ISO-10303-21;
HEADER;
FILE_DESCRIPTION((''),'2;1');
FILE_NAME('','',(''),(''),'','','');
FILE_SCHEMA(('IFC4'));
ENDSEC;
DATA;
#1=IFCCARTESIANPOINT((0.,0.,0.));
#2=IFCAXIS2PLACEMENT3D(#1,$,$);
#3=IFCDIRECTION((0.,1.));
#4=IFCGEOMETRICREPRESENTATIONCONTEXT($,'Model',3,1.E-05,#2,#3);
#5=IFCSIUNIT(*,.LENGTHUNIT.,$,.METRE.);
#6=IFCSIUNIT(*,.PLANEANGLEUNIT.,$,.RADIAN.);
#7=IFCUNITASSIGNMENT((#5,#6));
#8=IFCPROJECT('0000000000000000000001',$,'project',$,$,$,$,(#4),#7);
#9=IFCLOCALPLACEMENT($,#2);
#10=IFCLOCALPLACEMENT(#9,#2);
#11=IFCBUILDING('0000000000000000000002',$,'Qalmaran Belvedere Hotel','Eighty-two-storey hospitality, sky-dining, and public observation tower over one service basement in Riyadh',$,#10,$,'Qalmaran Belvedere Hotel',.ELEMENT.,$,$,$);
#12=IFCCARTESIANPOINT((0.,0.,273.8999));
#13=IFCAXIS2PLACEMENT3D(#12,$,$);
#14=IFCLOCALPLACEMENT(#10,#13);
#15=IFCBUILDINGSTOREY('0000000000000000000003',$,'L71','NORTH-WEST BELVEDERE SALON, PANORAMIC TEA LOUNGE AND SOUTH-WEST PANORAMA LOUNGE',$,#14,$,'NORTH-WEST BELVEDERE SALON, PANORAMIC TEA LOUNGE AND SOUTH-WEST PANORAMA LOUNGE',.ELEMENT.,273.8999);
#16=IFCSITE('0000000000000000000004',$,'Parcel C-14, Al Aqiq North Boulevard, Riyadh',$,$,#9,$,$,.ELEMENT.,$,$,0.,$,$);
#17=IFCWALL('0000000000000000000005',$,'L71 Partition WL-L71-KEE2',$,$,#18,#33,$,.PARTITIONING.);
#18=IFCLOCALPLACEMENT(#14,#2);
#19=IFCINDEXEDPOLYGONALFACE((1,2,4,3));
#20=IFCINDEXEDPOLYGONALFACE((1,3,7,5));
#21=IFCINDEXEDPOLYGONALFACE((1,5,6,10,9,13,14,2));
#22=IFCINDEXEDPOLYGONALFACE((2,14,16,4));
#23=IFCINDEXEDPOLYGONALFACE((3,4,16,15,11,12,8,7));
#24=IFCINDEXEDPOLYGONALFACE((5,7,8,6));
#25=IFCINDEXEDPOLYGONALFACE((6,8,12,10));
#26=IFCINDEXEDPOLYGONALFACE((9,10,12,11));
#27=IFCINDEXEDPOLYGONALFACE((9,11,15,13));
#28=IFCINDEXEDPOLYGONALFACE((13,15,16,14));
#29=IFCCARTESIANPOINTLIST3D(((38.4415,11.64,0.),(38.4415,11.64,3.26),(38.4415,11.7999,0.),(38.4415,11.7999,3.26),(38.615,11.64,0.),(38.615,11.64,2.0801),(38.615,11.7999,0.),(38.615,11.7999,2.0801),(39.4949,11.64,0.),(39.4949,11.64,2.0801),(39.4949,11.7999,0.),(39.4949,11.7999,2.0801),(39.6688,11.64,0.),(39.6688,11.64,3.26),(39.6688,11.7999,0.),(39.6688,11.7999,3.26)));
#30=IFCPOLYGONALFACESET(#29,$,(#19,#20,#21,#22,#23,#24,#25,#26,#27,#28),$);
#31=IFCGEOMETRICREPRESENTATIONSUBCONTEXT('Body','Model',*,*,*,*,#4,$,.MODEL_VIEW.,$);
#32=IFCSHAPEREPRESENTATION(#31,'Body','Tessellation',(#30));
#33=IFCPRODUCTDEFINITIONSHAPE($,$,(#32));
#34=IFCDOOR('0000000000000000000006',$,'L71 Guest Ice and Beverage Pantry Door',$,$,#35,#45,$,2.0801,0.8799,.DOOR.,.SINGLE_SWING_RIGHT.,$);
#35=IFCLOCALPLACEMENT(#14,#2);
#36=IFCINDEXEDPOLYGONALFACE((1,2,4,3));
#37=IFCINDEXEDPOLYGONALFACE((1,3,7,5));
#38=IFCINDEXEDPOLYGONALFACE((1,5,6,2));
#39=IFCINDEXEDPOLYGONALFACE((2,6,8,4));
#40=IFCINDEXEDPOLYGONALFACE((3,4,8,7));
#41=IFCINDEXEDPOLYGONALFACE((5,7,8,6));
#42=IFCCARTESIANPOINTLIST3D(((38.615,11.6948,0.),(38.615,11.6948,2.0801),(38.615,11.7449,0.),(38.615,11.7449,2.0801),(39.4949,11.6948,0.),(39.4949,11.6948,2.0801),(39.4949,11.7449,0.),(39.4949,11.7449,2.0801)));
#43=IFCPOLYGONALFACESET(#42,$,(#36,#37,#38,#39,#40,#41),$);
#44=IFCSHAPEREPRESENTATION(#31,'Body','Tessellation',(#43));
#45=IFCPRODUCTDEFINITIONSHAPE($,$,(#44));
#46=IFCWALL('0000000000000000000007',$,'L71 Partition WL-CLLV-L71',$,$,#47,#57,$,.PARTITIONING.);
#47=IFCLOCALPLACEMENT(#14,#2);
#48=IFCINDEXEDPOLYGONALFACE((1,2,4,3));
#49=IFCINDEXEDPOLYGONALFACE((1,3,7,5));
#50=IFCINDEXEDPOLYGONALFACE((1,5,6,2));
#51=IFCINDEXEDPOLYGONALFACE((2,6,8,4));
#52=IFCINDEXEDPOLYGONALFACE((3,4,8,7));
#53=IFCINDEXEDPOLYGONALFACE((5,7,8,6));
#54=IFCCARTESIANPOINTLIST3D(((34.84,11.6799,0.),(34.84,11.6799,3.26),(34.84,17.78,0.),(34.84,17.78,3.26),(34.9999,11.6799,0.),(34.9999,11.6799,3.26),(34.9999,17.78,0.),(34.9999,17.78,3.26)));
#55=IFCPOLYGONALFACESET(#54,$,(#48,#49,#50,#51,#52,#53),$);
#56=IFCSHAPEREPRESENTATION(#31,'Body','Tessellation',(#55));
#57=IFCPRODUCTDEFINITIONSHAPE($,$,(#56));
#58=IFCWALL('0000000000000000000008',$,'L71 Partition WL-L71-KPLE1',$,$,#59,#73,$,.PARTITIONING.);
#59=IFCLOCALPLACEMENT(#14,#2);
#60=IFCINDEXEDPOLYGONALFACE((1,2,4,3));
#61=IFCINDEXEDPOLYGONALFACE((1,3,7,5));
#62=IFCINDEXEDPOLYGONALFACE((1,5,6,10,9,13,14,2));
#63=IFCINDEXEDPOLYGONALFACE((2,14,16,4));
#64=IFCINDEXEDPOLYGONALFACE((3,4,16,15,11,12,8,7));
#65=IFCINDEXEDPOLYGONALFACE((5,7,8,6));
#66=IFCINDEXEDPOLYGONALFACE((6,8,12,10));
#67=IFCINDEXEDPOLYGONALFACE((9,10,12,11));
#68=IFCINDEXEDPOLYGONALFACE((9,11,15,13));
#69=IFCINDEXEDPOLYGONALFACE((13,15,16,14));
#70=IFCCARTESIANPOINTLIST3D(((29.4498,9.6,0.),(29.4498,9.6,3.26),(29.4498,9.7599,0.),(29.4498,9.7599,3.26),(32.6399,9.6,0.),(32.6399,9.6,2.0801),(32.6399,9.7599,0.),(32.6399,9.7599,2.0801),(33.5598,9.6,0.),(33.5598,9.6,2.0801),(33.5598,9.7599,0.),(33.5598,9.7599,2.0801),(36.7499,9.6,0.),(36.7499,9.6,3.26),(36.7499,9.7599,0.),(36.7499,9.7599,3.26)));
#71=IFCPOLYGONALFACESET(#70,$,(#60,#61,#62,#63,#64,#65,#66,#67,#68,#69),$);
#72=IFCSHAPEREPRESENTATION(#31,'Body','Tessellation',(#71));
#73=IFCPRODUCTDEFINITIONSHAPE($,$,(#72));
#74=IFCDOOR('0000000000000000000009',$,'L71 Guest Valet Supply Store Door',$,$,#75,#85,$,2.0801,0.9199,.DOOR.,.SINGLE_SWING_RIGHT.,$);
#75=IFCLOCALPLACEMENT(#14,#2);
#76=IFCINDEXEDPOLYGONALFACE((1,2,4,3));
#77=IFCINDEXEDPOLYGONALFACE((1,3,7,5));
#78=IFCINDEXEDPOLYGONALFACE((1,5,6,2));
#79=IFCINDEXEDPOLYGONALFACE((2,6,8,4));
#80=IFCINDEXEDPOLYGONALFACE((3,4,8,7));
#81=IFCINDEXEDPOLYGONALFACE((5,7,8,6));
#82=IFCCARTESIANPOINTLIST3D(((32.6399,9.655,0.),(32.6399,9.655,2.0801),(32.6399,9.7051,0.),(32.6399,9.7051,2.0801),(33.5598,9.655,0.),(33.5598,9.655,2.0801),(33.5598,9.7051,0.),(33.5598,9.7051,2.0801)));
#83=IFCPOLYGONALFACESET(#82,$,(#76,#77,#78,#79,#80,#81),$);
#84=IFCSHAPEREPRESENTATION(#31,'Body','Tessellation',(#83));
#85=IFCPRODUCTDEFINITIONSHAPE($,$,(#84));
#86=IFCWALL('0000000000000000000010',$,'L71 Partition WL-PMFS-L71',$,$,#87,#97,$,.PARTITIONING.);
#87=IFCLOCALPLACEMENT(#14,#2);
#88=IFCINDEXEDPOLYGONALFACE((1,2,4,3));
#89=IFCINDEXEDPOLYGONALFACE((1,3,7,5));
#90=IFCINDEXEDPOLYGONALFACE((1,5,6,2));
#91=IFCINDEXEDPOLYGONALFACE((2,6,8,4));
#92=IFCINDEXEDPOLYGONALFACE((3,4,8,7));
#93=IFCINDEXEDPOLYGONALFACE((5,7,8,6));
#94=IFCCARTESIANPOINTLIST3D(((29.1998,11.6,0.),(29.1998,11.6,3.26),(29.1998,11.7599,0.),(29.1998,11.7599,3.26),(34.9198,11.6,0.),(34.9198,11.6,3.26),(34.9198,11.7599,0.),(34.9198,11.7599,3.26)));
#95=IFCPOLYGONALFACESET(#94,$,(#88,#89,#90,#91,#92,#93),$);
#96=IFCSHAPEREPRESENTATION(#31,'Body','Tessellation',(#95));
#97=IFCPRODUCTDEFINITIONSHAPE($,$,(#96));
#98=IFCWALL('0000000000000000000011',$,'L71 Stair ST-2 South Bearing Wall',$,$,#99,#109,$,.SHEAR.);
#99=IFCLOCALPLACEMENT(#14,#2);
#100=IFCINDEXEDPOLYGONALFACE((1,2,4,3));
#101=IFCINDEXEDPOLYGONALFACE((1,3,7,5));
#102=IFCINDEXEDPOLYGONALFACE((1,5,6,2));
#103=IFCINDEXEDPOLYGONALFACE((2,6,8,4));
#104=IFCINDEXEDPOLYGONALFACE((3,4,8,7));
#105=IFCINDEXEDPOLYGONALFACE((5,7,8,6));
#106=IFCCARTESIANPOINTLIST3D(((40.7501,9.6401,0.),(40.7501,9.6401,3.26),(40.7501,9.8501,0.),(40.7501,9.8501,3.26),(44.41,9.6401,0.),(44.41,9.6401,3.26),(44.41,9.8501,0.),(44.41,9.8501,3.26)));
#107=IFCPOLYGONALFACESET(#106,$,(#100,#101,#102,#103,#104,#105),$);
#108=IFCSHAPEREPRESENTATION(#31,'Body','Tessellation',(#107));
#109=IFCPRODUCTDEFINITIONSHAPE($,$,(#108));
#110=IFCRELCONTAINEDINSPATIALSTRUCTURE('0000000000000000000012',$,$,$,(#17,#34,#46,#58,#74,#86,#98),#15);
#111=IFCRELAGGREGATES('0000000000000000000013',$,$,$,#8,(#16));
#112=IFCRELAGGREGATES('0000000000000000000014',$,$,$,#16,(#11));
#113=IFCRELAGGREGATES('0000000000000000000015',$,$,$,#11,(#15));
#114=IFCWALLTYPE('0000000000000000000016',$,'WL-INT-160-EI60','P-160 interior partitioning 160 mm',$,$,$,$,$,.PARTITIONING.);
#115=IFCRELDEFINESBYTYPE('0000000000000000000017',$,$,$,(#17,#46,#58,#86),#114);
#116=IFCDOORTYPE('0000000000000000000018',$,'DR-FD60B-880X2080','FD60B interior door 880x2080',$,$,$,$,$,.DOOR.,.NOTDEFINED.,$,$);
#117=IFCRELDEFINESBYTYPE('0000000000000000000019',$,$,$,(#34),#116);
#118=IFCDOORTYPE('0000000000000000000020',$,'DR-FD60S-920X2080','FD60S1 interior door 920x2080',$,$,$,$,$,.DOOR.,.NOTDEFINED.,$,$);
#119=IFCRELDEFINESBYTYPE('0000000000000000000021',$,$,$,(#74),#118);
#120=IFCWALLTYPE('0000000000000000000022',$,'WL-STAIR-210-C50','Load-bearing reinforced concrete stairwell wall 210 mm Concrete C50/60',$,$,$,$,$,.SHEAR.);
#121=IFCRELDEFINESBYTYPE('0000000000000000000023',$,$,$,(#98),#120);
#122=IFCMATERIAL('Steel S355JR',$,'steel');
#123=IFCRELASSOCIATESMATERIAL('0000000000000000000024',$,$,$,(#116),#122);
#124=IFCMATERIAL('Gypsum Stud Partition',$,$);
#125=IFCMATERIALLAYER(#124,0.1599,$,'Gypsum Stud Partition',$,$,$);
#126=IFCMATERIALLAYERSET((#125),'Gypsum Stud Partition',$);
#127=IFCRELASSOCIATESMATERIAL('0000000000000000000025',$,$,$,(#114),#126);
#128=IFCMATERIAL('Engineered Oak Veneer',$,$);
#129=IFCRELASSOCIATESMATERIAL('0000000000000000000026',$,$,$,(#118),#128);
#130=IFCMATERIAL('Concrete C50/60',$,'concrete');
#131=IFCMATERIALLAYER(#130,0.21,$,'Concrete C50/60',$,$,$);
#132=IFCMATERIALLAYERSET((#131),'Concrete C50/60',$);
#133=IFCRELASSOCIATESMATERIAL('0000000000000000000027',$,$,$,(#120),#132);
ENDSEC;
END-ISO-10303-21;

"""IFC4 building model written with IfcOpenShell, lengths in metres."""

from ifc_helpers import new_model, si_unit, direction, frame, frame_2d, origin, place, context, subcontext, project, spatial, rectangle, extrude, material, layer, layer_set, type_object, element, fill, save


model = new_model("IFC4")

# Units and contexts
model_context = context("Model", 3, precision=1e-05, world=origin(), true_north=direction((0.0, 1.0)))
body_context = subcontext(model_context, "Body", "Model", "MODEL_VIEW")
ifc_project = project(units=[si_unit("LENGTHUNIT", "METRE"), si_unit("PLANEANGLEUNIT", "RADIAN")], contexts=[model_context])

# Site, building, storey
site_placement = place(None, origin())
site = spatial("IfcSite", under=ifc_project, at=site_placement, Name="Parcel C-14, Al Aqiq North Boulevard, Riyadh", CompositionType="ELEMENT", RefElevation=0.0)
building_placement = place(site_placement, origin())
building = spatial("IfcBuilding", under=site, at=building_placement, Name="Qalmaran Belvedere Hotel", Description="Eighty-two-storey hospitality, sky-dining, and public observation tower over one service basement in Riyadh", LongName="Qalmaran Belvedere Hotel", CompositionType="ELEMENT")
storey_placement = place(building_placement, frame((0.0, 0.0, 273.8999)))
storey = spatial("IfcBuildingStorey", under=building, at=storey_placement, Name="L71", Description="NORTH-WEST BELVEDERE SALON, PANORAMIC TEA LOUNGE AND SOUTH-WEST PANORAMA LOUNGE", LongName="NORTH-WEST BELVEDERE SALON, PANORAMIC TEA LOUNGE AND SOUTH-WEST PANORAMA LOUNGE", CompositionType="ELEMENT", Elevation=273.8999)

# Shared definitions
ifc_material_1 = material(Name="Concrete C50/60", Category="concrete")

# Shared definitions
ifc_material_2 = material(Name="Steel S355JR", Category="steel")

# Shared definitions
ifc_material_3 = material(Name="Gypsum Stud Partition")

# Wall, opening, door
door_type_1 = type_object("IfcDoorType", Name="DR-FD60B-880X2080", Description="FD60B interior door 880x2080", OperationType="NOTDEFINED", PredefinedType="DOOR", material=ifc_material_2)
ifc_layer_1 = layer(ifc_material_3, 0.1599, Name="Gypsum Stud Partition")
ifc_layer_set_1 = layer_set([ifc_layer_1], Name="Gypsum Stud Partition")
wall_type_1 = type_object("IfcWallType", Name="WL-INT-160-EI60", Description="P-160 interior partitioning 160 mm", PredefinedType="PARTITIONING", material=ifc_layer_set_1)
wall_1_placement = place(storey_placement, frame((38.4414, 11.72, 0.0), z_axis=(0.0, 0.0, 1.0), x_axis=(1.0, 0.0, 0.0)))
wall_1 = element("IfcWall", 1, at=wall_1_placement, inside=storey, type_object=wall_type_1, Name="L71 Partition WL-L71-KEE2", PredefinedType="PARTITIONING", context=body_context, shape_type="SweptSolid", body=[
    extrude(rectangle(XDim=1.2273, YDim=0.1599, at=frame_2d((0.6138, 0.0))), origin(), (0.0, 0.0, 1.0), 3.26),
])
opening_1_placement = place(wall_1_placement, frame((0.1736, 0.0, 0.0)))
opening_1 = element("IfcOpeningElement", 2, at=opening_1_placement, cuts=wall_1, PredefinedType="OPENING", context=body_context, shape_type="SweptSolid", body=[
    extrude(rectangle(XDim=0.8799, YDim=2.0801, at=frame_2d((0.4399, 1.04))), frame((0.0, 0.0898, 0.0), z_axis=(0.0, -1.0, 0.0), x_axis=(1.0, 0.0, 0.0)), (0.0, 0.0, 1.0), 0.1799),
])
door_1_placement = place(opening_1_placement, origin())
door_1 = element("IfcDoor", 3, at=door_1_placement, inside=storey, type_object=door_type_1, Name="L71 Guest Ice and Beverage Pantry Door", OperationType="SINGLE_SWING_RIGHT", OverallHeight=2.0801, OverallWidth=0.8799, PredefinedType="DOOR", context=body_context, shape_type="SweptSolid", body=[
    extrude(rectangle(XDim=0.8799, YDim=2.0801, at=frame_2d((0.4399, 1.04))), frame((0.0, 0.0249, 0.0), z_axis=(0.0, -1.0, 0.0), x_axis=(1.0, 0.0, 0.0)), (0.0, 0.0, 1.0), 0.05),
])
fill(opening_1, door_1)
ifc_material_4 = material(Name="Engineered Oak Veneer")

# Wall
wall_2_placement = place(storey_placement, frame((34.9199, 11.6799, 0.0), z_axis=(0.0, 0.0, 1.0), x_axis=(0.0, 1.0, 0.0)))
element("IfcWall", 4, at=wall_2_placement, inside=storey, type_object=wall_type_1, Name="L71 Partition WL-CLLV-L71", PredefinedType="PARTITIONING", context=body_context, shape_type="SweptSolid", body=[
    extrude(rectangle(XDim=6.1001, YDim=0.1599, at=frame_2d((3.05, 0.0))), origin(), (0.0, 0.0, 1.0), 3.26),
])

# Wall, opening, door
wall_3_placement = place(storey_placement, frame((29.45, 9.6799, 0.0), z_axis=(0.0, 0.0, 1.0), x_axis=(1.0, 0.0, 0.0)))
wall_3 = element("IfcWall", 5, at=wall_3_placement, inside=storey, type_object=wall_type_1, Name="L71 Partition WL-L71-KPLE1", PredefinedType="PARTITIONING", context=body_context, shape_type="SweptSolid", body=[
    extrude(rectangle(XDim=7.3, YDim=0.1599, at=frame_2d((3.6499, 0.0))), origin(), (0.0, 0.0, 1.0), 3.26),
])
opening_2_placement = place(wall_3_placement, frame((4.1099, 0.0, 0.0), z_axis=(0.0, 0.0, 1.0), x_axis=(-1.0, 0.0, 0.0)))
opening_2 = element("IfcOpeningElement", 6, at=opening_2_placement, cuts=wall_3, PredefinedType="OPENING", context=body_context, shape_type="SweptSolid", body=[
    extrude(rectangle(XDim=0.9199, YDim=2.0801, at=frame_2d((0.46, 1.04))), frame((0.0, 0.0898, 0.0), z_axis=(0.0, -1.0, 0.0), x_axis=(1.0, 0.0, 0.0)), (0.0, 0.0, 1.0), 0.1799),
])
door_type_2 = type_object("IfcDoorType", Name="DR-FD60S-920X2080", Description="FD60S1 interior door 920x2080", OperationType="NOTDEFINED", PredefinedType="DOOR", material=ifc_material_4)
door_2_placement = place(opening_2_placement, origin())
door_2 = element("IfcDoor", 7, at=door_2_placement, inside=storey, type_object=door_type_2, Name="L71 Guest Valet Supply Store Door", OperationType="SINGLE_SWING_RIGHT", OverallHeight=2.0801, OverallWidth=0.9199, PredefinedType="DOOR", context=body_context, shape_type="SweptSolid", body=[
    extrude(rectangle(XDim=0.9199, YDim=2.0801, at=frame_2d((0.46, 1.04))), frame((0.0, 0.0249, 0.0), z_axis=(0.0, -1.0, 0.0), x_axis=(1.0, 0.0, 0.0)), (0.0, 0.0, 1.0), 0.05),
])
fill(opening_2, door_2)

# Walls
wall_4_placement = place(storey_placement, frame((29.2, 11.6799, 0.0), z_axis=(0.0, 0.0, 1.0), x_axis=(1.0, 0.0, 0.0)))
element("IfcWall", 8, at=wall_4_placement, inside=storey, type_object=wall_type_1, Name="L71 Partition WL-PMFS-L71", PredefinedType="PARTITIONING", context=body_context, shape_type="SweptSolid", body=[
    extrude(rectangle(XDim=5.72, YDim=0.1599, at=frame_2d((2.8599, 0.0))), origin(), (0.0, 0.0, 1.0), 3.26),
])
ifc_layer_2 = layer(ifc_material_1, 0.21, Name="Concrete C50/60")
ifc_layer_set_2 = layer_set([ifc_layer_2], Name="Concrete C50/60")
wall_type_2 = type_object("IfcWallType", Name="WL-STAIR-210-C50", Description="Load-bearing reinforced concrete stairwell wall 210 mm Concrete C50/60", PredefinedType="SHEAR", material=ifc_layer_set_2)
wall_5_placement = place(storey_placement, frame((40.75, 9.7451, 0.0), z_axis=(0.0, 0.0, 1.0), x_axis=(1.0, 0.0, 0.0)))
element("IfcWall", 9, at=wall_5_placement, inside=storey, type_object=wall_type_2, Name="L71 Stair ST-2 South Bearing Wall", PredefinedType="SHEAR", context=body_context, shape_type="SweptSolid", body=[
    extrude(rectangle(XDim=3.6599, YDim=0.21, at=frame_2d((1.8301, 0.0))), origin(), (0.0, 0.0, 1.0), 3.26),
])

save(model, "model.ifc")
